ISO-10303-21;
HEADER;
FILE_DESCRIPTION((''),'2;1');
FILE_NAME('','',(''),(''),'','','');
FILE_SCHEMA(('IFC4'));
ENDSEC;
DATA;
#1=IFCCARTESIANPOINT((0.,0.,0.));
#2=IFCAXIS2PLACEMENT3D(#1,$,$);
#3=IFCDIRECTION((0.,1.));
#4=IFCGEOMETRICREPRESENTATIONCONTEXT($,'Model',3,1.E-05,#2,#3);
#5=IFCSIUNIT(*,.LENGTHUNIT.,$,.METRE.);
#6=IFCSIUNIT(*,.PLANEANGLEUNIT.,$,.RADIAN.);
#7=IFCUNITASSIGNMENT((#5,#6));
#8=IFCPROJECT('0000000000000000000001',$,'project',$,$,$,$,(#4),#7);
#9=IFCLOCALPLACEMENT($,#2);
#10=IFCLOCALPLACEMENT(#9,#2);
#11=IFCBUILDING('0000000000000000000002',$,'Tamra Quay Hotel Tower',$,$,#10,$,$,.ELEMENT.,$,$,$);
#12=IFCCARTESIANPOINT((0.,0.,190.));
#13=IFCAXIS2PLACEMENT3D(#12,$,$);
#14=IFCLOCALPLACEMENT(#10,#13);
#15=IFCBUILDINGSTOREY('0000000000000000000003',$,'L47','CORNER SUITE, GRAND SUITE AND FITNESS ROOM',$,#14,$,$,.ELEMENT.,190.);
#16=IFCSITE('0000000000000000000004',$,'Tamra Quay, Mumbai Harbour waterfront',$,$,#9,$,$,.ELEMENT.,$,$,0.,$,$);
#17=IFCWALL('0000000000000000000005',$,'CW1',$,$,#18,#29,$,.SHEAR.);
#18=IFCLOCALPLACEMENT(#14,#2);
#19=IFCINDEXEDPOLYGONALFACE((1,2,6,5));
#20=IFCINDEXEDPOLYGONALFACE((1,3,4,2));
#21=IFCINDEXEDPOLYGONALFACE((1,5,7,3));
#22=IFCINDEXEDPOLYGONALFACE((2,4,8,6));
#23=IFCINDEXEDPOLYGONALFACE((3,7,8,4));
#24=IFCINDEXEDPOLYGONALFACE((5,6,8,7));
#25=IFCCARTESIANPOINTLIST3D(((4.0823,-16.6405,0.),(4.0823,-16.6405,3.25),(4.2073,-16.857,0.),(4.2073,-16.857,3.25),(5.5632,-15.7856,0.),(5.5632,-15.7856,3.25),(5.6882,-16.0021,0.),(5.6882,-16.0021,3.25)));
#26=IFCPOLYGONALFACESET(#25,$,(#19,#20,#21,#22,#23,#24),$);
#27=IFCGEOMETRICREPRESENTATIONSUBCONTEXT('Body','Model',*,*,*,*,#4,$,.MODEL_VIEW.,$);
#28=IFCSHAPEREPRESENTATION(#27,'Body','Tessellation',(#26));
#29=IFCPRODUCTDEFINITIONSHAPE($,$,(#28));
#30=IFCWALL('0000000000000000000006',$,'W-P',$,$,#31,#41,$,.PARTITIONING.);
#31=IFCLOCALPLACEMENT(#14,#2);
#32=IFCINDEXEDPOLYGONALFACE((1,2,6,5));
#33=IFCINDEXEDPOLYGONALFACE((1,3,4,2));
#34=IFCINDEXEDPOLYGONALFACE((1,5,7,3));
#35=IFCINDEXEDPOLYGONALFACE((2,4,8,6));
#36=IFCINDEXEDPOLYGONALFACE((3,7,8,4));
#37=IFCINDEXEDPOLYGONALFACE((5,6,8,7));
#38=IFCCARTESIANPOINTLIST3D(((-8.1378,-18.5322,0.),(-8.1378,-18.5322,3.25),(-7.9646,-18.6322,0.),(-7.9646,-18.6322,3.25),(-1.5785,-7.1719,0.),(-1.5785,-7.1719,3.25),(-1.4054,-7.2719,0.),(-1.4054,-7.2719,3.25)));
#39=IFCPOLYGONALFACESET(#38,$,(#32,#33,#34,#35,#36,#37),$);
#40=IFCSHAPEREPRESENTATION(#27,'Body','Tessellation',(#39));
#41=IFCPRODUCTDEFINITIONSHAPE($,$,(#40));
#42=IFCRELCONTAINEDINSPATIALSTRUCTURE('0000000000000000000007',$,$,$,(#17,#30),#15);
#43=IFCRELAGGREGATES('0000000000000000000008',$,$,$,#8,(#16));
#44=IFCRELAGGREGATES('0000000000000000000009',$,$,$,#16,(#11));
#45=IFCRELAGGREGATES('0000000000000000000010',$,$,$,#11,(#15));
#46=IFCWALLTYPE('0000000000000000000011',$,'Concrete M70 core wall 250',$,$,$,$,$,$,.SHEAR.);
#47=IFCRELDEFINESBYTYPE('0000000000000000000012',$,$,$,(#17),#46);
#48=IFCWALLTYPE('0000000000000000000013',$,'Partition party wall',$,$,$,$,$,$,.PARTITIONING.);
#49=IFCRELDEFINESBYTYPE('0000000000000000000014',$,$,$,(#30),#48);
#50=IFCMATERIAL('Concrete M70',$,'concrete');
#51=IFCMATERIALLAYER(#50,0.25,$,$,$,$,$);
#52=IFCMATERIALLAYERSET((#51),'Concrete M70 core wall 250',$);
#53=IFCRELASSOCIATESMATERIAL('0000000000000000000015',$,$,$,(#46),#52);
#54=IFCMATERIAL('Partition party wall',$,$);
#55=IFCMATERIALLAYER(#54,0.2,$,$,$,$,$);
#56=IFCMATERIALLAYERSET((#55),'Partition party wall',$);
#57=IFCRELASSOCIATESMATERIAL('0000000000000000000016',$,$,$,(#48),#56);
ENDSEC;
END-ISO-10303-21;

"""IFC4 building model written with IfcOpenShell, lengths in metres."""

from ifc_helpers import new_model, si_unit, direction, frame, frame_2d, origin, place, context, subcontext, project, spatial, rectangle, extrude, material, layer, layer_set, type_object, element, save


model = new_model("IFC4")

# Units and contexts
model_context = context("Model", 3, precision=1e-05, world=origin(), true_north=direction((0.0, 1.0)))
body_context = subcontext(model_context, "Body", "Model", "MODEL_VIEW")
ifc_project = project(units=[si_unit("LENGTHUNIT", "METRE"), si_unit("PLANEANGLEUNIT", "RADIAN")], contexts=[model_context])

# Site, building, storey
site_placement = place(None, origin())
site = spatial("IfcSite", under=ifc_project, at=site_placement, Name="Tamra Quay, Mumbai Harbour waterfront", CompositionType="ELEMENT", RefElevation=0.0)
building_placement = place(site_placement, origin())
building = spatial("IfcBuilding", under=site, at=building_placement, Name="Tamra Quay Hotel Tower", CompositionType="ELEMENT")
storey_placement = place(building_placement, frame((0.0, 0.0, 190.0)))
storey = spatial("IfcBuildingStorey", under=building, at=storey_placement, Name="L47", Description="CORNER SUITE, GRAND SUITE AND FITNESS ROOM", CompositionType="ELEMENT", Elevation=190.0)

# Shared definitions
ifc_material_1 = material(Name="Concrete M70", Category="concrete")

# Walls
ifc_layer_1 = layer(ifc_material_1, 0.25)
ifc_layer_set_1 = layer_set([ifc_layer_1], Name="Concrete M70 core wall 250")
wall_type_1 = type_object("IfcWallType", Name="Concrete M70 core wall 250", PredefinedType="SHEAR", material=ifc_layer_set_1)
wall_1_placement = place(storey_placement, frame((4.1448, -16.7488, 0.0), z_axis=(0.0, 0.0, 1.0), x_axis=(0.866038, 0.499978, 0.0)))
element("IfcWall", 1, at=wall_1_placement, inside=storey, type_object=wall_type_1, Name="CW1", PredefinedType="SHEAR", context=body_context, shape_type="SweptSolid", body=[
    extrude(rectangle(XDim=1.71, YDim=0.25, at=frame_2d((0.855, 0.0))), origin(), (0.0, 0.0, 1.0), 3.25),
])
ifc_material_2 = material(Name="Partition party wall")
ifc_layer_2 = layer(ifc_material_2, 0.2)
ifc_layer_set_2 = layer_set([ifc_layer_2], Name="Partition party wall")
wall_type_2 = type_object("IfcWallType", Name="Partition party wall", PredefinedType="PARTITIONING", material=ifc_layer_set_2)
wall_2_placement = place(storey_placement, frame((-8.0513, -18.5823, 0.0), z_axis=(0.0, 0.0, 1.0), x_axis=(0.500024, 0.866011, 0.0)))
element("IfcWall", 2, at=wall_2_placement, inside=storey, type_object=wall_type_2, Name="W-P", PredefinedType="PARTITIONING", context=body_context, shape_type="SweptSolid", body=[
    extrude(rectangle(XDim=13.1179, YDim=0.2, at=frame_2d((6.5591, 0.0))), origin(), (0.0, 0.0, 1.0), 3.25),
])

save(model, "model.ifc")
